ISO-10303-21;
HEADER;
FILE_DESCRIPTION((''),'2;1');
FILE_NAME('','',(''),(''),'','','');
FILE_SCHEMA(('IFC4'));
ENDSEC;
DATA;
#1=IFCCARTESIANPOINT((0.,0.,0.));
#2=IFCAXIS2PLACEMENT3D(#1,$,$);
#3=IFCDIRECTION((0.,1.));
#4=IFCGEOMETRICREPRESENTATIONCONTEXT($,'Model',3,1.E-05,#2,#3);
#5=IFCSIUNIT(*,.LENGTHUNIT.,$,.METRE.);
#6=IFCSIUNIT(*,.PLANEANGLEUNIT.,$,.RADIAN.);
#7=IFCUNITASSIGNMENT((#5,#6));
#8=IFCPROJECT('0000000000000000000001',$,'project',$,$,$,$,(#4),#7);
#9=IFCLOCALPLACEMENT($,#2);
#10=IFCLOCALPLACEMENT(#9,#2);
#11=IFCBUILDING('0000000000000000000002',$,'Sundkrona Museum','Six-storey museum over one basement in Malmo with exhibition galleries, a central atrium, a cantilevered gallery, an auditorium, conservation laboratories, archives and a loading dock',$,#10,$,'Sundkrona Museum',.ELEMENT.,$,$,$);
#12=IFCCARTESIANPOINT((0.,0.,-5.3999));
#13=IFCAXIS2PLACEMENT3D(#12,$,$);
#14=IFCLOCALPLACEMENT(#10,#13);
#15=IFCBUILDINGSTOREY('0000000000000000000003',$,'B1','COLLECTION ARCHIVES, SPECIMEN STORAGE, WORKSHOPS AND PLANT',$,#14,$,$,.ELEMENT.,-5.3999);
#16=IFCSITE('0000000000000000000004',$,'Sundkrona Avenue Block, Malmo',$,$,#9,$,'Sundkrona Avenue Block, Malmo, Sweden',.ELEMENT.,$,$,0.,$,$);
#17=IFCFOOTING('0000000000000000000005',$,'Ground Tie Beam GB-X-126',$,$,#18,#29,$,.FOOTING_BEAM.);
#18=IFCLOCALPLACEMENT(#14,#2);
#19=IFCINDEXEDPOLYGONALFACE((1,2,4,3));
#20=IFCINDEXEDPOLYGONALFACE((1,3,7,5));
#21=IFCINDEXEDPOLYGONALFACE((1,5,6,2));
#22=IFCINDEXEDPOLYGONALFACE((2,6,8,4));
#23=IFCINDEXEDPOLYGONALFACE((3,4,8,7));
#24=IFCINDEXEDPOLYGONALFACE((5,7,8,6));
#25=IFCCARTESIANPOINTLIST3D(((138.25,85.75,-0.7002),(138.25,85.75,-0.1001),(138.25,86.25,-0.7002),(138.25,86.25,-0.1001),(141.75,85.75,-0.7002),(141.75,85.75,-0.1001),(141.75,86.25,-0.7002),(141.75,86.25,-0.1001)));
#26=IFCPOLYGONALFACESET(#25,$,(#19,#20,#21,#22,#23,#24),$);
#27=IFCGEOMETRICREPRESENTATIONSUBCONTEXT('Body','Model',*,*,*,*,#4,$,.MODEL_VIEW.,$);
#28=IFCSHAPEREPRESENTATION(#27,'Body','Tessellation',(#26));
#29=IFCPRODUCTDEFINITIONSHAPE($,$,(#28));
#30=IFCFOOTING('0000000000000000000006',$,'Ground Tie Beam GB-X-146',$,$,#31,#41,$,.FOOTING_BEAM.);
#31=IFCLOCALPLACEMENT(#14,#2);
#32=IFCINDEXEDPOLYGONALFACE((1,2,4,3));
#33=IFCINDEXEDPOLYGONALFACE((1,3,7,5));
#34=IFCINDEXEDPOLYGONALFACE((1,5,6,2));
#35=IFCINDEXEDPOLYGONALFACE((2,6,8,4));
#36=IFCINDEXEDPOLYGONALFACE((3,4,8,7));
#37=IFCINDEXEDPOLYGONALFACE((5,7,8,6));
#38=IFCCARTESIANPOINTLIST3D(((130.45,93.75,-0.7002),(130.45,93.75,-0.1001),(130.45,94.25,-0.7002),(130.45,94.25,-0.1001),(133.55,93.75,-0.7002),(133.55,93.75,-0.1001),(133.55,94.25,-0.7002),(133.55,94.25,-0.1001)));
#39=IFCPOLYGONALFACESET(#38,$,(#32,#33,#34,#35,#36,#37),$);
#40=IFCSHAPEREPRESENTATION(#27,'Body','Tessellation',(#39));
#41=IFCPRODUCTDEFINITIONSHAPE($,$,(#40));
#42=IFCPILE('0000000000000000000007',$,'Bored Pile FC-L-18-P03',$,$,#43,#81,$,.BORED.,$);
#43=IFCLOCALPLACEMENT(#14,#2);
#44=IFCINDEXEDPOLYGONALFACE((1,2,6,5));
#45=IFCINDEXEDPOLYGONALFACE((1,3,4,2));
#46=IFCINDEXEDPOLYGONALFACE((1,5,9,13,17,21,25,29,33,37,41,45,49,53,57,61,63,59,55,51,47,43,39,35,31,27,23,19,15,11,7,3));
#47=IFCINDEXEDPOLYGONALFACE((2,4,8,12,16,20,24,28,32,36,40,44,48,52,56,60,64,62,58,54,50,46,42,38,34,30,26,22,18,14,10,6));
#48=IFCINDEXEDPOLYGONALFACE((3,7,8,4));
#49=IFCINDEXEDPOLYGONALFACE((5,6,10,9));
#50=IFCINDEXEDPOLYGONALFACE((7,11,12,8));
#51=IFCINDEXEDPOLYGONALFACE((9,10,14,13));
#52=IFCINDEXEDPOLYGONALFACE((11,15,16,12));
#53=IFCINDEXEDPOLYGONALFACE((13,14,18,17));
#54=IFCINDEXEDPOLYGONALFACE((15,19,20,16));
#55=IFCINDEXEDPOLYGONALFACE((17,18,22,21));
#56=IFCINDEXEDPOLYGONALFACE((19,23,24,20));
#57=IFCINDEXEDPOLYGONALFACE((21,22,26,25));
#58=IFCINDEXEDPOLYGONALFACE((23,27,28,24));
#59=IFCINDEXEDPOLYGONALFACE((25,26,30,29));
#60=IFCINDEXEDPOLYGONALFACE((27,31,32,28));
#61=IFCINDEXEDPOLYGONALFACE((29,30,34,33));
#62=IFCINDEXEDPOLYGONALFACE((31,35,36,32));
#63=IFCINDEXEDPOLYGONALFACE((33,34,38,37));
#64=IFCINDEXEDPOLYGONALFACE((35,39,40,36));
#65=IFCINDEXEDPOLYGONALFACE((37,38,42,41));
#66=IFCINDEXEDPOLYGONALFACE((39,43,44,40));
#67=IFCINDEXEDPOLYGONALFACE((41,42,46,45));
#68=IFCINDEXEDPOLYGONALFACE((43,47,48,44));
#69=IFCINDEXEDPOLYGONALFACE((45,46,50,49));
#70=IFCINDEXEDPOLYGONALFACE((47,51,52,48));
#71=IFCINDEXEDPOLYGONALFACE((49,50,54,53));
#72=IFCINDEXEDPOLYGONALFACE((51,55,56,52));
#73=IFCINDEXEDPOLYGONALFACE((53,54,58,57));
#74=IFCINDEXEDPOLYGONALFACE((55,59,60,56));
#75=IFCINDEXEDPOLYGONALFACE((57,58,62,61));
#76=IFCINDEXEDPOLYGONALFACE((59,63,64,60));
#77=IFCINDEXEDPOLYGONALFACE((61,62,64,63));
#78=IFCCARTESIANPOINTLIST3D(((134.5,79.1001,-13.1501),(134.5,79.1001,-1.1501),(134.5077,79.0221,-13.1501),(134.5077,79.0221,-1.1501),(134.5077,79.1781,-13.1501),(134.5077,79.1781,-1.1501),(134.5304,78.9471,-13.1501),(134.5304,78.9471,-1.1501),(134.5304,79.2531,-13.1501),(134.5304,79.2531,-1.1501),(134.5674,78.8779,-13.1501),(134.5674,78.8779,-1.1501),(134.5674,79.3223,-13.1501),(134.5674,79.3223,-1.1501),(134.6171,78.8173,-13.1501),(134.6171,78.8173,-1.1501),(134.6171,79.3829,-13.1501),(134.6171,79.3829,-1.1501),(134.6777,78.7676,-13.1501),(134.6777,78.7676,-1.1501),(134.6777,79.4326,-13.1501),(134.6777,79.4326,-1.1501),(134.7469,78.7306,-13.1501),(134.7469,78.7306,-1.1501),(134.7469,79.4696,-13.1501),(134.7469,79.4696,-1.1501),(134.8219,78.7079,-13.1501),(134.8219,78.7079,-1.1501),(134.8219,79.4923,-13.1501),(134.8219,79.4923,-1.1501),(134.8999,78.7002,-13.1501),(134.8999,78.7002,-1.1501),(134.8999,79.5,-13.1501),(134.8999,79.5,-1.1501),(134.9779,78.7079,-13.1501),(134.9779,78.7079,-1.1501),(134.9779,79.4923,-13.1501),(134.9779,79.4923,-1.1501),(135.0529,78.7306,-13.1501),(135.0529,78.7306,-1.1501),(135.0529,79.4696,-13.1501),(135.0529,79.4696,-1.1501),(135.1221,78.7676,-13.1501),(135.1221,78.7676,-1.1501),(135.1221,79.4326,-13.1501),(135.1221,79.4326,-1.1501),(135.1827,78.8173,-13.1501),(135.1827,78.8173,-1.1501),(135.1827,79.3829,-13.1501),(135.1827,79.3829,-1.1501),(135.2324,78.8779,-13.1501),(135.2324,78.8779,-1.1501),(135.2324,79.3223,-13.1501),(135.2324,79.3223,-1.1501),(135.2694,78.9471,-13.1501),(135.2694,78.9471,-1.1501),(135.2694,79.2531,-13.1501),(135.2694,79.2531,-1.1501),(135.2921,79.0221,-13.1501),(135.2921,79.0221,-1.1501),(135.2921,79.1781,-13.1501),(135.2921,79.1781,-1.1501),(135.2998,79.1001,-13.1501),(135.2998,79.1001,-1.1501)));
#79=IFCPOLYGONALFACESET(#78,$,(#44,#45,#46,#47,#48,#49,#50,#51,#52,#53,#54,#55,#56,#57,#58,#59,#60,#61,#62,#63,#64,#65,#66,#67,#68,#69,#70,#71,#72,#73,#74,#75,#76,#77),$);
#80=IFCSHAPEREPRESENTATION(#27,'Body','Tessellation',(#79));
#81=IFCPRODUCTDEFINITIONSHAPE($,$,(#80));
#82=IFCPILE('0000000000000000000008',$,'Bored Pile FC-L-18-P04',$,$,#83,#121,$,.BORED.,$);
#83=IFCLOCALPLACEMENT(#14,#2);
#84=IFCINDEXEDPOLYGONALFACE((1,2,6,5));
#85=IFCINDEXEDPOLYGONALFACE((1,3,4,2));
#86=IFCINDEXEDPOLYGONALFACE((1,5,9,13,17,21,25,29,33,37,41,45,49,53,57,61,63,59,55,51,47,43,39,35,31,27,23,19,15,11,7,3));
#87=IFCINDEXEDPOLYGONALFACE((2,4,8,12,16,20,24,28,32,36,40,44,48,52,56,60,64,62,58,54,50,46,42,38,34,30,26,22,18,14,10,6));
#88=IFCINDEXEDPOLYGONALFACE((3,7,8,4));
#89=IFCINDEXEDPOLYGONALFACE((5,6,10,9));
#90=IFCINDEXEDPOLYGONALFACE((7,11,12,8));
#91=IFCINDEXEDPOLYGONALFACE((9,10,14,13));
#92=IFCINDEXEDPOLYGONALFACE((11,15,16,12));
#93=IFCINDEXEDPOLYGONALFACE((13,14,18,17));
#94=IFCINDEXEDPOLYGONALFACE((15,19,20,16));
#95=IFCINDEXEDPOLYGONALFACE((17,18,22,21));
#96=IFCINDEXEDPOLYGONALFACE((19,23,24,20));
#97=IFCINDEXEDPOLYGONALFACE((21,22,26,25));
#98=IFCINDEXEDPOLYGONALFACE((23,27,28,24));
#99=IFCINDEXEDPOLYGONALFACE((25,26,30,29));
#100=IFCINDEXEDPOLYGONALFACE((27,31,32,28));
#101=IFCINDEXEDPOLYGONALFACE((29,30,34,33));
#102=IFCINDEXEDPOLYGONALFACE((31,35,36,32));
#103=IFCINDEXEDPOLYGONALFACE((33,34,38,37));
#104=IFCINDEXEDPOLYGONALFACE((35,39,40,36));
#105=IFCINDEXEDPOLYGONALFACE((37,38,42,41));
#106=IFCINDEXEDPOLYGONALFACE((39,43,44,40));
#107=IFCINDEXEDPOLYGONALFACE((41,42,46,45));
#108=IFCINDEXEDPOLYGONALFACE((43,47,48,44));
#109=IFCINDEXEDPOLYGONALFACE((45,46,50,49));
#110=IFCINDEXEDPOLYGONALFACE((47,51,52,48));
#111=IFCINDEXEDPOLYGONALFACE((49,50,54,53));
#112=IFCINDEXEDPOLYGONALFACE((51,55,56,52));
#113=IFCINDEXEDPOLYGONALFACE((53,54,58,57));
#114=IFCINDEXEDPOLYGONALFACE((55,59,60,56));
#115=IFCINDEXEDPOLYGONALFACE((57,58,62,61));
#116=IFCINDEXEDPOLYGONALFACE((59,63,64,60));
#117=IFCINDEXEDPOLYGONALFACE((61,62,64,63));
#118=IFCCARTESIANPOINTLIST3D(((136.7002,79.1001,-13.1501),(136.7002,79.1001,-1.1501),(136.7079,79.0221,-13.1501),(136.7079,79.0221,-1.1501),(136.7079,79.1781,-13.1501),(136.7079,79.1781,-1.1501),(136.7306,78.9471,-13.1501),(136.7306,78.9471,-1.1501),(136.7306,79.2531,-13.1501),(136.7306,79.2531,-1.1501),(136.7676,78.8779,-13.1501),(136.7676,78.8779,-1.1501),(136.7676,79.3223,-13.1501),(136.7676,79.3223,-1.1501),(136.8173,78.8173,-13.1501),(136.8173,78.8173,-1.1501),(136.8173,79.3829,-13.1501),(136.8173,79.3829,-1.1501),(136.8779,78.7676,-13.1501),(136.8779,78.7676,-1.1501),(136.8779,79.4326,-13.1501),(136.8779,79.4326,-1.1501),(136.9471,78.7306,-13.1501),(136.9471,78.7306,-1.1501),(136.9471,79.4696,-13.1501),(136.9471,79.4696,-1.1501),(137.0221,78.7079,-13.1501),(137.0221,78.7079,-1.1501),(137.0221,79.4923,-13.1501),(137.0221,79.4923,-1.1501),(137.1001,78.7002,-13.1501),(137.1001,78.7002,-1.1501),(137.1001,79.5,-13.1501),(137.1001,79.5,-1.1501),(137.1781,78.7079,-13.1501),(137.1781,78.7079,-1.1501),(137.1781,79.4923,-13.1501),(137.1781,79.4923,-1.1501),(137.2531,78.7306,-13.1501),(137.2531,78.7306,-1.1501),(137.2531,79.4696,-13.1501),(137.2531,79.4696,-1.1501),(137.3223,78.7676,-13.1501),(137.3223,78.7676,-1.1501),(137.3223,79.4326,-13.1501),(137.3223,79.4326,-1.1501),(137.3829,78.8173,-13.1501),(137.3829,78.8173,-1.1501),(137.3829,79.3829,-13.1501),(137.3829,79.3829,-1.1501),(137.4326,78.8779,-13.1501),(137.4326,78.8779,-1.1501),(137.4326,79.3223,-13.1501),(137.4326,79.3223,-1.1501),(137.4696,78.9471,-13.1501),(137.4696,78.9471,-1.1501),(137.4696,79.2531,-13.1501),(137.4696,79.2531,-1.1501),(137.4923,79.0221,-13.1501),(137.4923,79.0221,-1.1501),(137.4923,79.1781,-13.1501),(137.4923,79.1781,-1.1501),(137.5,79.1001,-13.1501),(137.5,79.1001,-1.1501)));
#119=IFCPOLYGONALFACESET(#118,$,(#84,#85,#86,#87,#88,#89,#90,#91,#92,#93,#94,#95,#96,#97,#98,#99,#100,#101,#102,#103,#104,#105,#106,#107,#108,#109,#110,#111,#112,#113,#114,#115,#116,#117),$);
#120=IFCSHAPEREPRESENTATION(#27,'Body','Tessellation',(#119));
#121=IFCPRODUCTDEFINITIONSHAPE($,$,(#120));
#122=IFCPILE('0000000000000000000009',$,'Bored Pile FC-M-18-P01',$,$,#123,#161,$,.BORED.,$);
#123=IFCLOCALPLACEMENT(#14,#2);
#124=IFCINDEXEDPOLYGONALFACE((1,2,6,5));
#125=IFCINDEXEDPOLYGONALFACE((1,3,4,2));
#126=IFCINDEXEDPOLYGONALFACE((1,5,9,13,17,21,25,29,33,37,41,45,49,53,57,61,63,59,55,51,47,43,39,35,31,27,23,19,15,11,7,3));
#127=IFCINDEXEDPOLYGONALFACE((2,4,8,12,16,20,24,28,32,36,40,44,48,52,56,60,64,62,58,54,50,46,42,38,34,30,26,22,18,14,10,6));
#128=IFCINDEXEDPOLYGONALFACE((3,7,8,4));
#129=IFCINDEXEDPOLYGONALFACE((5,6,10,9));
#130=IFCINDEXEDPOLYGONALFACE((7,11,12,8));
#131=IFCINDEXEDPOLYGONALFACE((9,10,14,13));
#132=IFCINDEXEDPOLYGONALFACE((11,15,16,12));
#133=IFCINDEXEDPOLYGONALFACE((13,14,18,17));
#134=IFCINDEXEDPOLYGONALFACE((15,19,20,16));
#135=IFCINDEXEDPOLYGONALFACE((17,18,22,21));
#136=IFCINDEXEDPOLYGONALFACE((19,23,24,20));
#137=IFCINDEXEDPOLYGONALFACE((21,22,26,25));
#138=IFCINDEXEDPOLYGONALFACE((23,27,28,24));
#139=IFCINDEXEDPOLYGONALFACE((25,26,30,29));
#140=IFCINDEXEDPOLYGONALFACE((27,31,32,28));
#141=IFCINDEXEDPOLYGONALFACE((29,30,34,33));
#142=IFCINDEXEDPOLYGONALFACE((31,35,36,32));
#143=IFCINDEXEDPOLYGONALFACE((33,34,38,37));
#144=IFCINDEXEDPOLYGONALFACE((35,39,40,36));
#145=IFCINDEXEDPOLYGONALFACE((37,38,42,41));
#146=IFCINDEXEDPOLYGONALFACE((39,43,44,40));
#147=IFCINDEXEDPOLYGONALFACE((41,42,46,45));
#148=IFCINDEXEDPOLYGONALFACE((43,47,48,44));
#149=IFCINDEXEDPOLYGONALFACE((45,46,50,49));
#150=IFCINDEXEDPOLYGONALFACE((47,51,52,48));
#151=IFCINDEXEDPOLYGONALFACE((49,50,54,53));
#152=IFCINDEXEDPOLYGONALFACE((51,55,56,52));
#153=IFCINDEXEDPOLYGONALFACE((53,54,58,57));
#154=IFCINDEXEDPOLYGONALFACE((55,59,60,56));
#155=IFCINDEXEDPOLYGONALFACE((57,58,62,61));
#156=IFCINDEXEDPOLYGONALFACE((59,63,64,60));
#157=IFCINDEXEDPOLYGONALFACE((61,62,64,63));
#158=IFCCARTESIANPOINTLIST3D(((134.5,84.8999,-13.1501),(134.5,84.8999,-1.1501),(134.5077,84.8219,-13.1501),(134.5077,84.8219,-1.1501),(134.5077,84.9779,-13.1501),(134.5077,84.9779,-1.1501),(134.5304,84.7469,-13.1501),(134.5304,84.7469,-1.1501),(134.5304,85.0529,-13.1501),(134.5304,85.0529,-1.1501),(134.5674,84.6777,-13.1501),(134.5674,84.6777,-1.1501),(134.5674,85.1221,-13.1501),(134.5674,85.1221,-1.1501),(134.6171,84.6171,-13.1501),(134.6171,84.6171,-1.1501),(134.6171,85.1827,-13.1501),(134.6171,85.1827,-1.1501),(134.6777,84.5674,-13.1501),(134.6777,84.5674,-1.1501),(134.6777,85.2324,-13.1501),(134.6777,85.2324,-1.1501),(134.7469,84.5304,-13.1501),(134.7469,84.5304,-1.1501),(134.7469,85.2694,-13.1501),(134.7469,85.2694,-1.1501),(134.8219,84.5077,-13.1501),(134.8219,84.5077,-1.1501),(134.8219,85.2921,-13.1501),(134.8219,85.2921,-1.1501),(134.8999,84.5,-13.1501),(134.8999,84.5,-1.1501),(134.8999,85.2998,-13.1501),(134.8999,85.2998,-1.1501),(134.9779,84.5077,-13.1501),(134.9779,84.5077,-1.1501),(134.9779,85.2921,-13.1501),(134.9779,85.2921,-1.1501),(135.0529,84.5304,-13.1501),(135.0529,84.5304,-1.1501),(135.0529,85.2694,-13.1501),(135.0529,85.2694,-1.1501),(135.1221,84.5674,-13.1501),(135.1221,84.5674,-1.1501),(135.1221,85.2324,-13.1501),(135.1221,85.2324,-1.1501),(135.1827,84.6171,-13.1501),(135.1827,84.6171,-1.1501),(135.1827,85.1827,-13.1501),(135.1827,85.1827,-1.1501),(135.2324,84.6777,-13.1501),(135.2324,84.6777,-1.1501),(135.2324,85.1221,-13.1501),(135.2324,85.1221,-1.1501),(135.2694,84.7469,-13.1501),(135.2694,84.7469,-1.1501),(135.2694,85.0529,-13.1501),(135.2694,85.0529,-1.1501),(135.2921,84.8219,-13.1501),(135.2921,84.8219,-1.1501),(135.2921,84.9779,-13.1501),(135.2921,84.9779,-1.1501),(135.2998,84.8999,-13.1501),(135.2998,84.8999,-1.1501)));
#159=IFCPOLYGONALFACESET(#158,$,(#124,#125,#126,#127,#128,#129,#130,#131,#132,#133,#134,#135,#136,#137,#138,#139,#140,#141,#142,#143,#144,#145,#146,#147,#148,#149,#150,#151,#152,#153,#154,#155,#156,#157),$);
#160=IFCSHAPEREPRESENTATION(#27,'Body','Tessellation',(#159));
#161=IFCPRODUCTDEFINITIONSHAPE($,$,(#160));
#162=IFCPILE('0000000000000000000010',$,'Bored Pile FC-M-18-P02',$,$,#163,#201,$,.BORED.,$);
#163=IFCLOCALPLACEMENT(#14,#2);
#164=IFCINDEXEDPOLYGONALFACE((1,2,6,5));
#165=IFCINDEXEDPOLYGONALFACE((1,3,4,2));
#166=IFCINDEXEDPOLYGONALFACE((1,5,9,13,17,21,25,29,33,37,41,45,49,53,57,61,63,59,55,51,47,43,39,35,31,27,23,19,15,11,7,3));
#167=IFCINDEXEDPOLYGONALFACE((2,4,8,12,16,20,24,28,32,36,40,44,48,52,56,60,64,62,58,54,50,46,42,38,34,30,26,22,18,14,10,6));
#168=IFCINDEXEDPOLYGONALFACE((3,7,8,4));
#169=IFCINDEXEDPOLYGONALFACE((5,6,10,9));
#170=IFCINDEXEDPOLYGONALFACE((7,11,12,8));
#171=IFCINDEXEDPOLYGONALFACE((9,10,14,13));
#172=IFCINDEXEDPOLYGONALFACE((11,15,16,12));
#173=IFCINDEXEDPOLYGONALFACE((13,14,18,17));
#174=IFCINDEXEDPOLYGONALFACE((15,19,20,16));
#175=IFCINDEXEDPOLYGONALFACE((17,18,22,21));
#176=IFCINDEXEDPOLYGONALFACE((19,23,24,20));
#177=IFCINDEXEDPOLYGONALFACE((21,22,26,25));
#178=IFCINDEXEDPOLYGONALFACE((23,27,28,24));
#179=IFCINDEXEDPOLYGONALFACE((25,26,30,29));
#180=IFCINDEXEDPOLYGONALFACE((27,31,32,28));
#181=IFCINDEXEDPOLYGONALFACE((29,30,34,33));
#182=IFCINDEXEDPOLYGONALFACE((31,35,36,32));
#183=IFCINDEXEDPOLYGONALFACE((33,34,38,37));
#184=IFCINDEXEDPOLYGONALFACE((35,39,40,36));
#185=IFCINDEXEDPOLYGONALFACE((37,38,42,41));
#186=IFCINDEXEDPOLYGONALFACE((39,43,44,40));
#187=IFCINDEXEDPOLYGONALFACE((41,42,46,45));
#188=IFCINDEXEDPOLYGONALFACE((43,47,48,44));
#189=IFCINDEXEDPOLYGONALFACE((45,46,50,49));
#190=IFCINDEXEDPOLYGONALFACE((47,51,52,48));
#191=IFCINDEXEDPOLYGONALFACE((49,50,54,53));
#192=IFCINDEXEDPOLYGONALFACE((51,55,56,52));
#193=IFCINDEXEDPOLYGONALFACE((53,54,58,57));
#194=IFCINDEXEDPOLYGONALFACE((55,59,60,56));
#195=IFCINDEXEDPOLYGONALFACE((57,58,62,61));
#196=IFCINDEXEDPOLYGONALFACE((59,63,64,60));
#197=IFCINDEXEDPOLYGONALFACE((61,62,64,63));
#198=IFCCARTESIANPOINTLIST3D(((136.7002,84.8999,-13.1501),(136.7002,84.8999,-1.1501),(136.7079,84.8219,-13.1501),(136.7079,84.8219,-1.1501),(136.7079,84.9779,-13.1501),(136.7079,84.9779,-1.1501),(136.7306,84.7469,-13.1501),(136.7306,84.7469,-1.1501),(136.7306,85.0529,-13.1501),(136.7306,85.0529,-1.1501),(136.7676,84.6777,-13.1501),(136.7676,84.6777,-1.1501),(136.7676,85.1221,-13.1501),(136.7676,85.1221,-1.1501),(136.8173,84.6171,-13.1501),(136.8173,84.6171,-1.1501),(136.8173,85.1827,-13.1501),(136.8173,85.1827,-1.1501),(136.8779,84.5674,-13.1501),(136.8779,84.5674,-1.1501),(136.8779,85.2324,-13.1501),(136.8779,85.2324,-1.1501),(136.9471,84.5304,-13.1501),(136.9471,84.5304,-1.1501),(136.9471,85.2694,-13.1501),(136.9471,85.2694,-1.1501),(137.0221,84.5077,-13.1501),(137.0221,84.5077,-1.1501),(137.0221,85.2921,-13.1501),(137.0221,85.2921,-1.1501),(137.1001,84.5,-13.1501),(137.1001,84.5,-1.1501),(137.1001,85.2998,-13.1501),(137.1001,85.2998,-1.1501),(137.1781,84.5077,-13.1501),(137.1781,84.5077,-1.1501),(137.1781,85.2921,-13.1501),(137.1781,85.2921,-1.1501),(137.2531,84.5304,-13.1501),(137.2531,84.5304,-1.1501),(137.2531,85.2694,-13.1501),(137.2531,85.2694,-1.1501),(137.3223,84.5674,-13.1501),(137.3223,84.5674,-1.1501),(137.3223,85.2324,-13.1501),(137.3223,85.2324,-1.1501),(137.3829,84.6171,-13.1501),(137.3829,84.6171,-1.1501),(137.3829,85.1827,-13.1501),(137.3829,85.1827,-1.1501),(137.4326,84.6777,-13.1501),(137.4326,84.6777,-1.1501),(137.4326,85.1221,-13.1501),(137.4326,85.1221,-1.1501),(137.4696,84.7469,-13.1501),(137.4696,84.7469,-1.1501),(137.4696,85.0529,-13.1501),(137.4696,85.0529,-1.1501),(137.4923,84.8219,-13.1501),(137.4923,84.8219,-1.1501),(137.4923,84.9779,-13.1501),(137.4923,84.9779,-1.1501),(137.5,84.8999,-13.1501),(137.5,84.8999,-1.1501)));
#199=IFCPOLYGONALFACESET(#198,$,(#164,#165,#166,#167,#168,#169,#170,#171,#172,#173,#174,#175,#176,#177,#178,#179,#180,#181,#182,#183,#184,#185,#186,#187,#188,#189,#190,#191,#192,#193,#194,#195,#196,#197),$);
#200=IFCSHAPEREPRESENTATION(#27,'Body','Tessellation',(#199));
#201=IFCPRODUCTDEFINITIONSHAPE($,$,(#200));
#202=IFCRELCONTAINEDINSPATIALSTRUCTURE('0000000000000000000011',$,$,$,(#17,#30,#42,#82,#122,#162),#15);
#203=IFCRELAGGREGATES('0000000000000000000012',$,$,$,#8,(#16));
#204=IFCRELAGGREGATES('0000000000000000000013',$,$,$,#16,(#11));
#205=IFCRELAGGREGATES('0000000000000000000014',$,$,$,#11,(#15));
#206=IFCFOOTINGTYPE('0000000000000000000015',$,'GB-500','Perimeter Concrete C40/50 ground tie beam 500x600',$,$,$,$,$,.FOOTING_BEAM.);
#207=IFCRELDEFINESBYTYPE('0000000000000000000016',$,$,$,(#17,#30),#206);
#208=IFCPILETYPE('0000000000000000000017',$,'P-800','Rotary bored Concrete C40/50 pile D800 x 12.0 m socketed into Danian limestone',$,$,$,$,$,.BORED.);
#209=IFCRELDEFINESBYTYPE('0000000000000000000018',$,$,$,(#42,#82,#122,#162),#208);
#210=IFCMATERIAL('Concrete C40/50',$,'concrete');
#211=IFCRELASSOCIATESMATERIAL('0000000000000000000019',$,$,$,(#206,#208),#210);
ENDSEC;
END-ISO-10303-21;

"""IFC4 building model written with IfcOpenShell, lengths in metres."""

from ifc_helpers import new_model, si_unit, direction, frame, origin, origin_2d, place, context, subcontext, project, spatial, rectangle, circle, extrude, material, material_profile, profile_set, type_object, element, save


model = new_model("IFC4")

# Units and contexts
model_context = context("Model", 3, precision=1e-05, world=origin(), true_north=direction((0.0, 1.0)))
body_context = subcontext(model_context, "Body", "Model", "MODEL_VIEW")
ifc_project = project(units=[si_unit("LENGTHUNIT", "METRE"), si_unit("PLANEANGLEUNIT", "RADIAN")], contexts=[model_context])

# Site, building, storey
site_placement = place(None, origin())
site = spatial("IfcSite", under=ifc_project, at=site_placement, Name="Sundkrona Avenue Block, Malmo", LongName="Sundkrona Avenue Block, Malmo, Sweden", CompositionType="ELEMENT", RefElevation=0.0)
building_placement = place(site_placement, origin())
building = spatial("IfcBuilding", under=site, at=building_placement, Name="Sundkrona Museum", Description="Six-storey museum over one basement in Malmo with exhibition galleries, a central atrium, a cantilevered gallery, an auditorium, conservation laboratories, archives and a loading dock", LongName="Sundkrona Museum", CompositionType="ELEMENT")
storey_placement = place(building_placement, frame((0.0, 0.0, -5.3999)))
storey = spatial("IfcBuildingStorey", under=building, at=storey_placement, Name="B1", Description="COLLECTION ARCHIVES, SPECIMEN STORAGE, WORKSHOPS AND PLANT", CompositionType="ELEMENT", Elevation=-5.3999)

# Footings
ifc_material_1 = material(Name="Concrete C40/50", Category="concrete")
footing_type_1 = type_object("IfcFootingType", Name="GB-500", Description="Perimeter Concrete C40/50 ground tie beam 500x600", PredefinedType="FOOTING_BEAM", material=ifc_material_1)
footing_1_placement = place(storey_placement, frame((140.0, 86.0, -0.7002), z_axis=(0.0, 0.0, 1.0), x_axis=(1.0, 0.0, 0.0)))
element("IfcFooting", 1, at=footing_1_placement, inside=storey, type_object=footing_type_1, Name="Ground Tie Beam GB-X-126", PredefinedType="FOOTING_BEAM", context=body_context, shape_type="SweptSolid", body=[
    extrude(rectangle(XDim=3.5, YDim=0.5, at=origin_2d()), origin(), (0.0, 0.0, 1.0), 0.6001),
])
footing_2_placement = place(storey_placement, frame((132.0, 94.0, -0.7002), z_axis=(0.0, 0.0, 1.0), x_axis=(1.0, 0.0, 0.0)))
element("IfcFooting", 2, at=footing_2_placement, inside=storey, type_object=footing_type_1, Name="Ground Tie Beam GB-X-146", PredefinedType="FOOTING_BEAM", context=body_context, shape_type="SweptSolid", body=[
    extrude(rectangle(XDim=3.1001, YDim=0.5, at=origin_2d()), origin(), (0.0, 0.0, 1.0), 0.6001),
])

# Piles
ifc_material_profile_1 = material_profile(ifc_material_1, circle(Radius=0.3999, at=origin_2d()), Name="PILE D800")
ifc_profile_set_1 = profile_set([ifc_material_profile_1], Name="Concrete C40/50")
pile_type = type_object("IfcPileType", Name="P-800", Description="Rotary bored Concrete C40/50 pile D800 x 12.0 m socketed into Danian limestone", PredefinedType="BORED", material=ifc_profile_set_1)
for number, where, z_axis, x_axis, name in (
    (3, (134.8999, 79.1001, -1.1501), (0.0, 0.0, -1.0), (1.0, 0.0, 0.0), "Bored Pile FC-L-18-P03"),
    (4, (137.1001, 79.1001, -1.1501), (0.0, 0.0, -1.0), (1.0, 0.0, 0.0), "Bored Pile FC-L-18-P04"),
    (5, (134.8999, 84.8999, -1.1501), (0.0, 0.0, -1.0), (1.0, 0.0, 0.0), "Bored Pile FC-M-18-P01"),
    (6, (137.1001, 84.8999, -1.1501), (0.0, 0.0, -1.0), (1.0, 0.0, 0.0), "Bored Pile FC-M-18-P02"),
):
    element("IfcPile", number, at=place(storey_placement, frame(where, z_axis=z_axis, x_axis=x_axis)), inside=storey, type_object=pile_type, Name=name, PredefinedType="BORED", context=body_context, shape_type="SweptSolid", body=[
        extrude(circle(Radius=0.3999, at=origin_2d()), origin(), (0.0, 0.0, 1.0), 12.0),
    ])

save(model, "model.ifc")
